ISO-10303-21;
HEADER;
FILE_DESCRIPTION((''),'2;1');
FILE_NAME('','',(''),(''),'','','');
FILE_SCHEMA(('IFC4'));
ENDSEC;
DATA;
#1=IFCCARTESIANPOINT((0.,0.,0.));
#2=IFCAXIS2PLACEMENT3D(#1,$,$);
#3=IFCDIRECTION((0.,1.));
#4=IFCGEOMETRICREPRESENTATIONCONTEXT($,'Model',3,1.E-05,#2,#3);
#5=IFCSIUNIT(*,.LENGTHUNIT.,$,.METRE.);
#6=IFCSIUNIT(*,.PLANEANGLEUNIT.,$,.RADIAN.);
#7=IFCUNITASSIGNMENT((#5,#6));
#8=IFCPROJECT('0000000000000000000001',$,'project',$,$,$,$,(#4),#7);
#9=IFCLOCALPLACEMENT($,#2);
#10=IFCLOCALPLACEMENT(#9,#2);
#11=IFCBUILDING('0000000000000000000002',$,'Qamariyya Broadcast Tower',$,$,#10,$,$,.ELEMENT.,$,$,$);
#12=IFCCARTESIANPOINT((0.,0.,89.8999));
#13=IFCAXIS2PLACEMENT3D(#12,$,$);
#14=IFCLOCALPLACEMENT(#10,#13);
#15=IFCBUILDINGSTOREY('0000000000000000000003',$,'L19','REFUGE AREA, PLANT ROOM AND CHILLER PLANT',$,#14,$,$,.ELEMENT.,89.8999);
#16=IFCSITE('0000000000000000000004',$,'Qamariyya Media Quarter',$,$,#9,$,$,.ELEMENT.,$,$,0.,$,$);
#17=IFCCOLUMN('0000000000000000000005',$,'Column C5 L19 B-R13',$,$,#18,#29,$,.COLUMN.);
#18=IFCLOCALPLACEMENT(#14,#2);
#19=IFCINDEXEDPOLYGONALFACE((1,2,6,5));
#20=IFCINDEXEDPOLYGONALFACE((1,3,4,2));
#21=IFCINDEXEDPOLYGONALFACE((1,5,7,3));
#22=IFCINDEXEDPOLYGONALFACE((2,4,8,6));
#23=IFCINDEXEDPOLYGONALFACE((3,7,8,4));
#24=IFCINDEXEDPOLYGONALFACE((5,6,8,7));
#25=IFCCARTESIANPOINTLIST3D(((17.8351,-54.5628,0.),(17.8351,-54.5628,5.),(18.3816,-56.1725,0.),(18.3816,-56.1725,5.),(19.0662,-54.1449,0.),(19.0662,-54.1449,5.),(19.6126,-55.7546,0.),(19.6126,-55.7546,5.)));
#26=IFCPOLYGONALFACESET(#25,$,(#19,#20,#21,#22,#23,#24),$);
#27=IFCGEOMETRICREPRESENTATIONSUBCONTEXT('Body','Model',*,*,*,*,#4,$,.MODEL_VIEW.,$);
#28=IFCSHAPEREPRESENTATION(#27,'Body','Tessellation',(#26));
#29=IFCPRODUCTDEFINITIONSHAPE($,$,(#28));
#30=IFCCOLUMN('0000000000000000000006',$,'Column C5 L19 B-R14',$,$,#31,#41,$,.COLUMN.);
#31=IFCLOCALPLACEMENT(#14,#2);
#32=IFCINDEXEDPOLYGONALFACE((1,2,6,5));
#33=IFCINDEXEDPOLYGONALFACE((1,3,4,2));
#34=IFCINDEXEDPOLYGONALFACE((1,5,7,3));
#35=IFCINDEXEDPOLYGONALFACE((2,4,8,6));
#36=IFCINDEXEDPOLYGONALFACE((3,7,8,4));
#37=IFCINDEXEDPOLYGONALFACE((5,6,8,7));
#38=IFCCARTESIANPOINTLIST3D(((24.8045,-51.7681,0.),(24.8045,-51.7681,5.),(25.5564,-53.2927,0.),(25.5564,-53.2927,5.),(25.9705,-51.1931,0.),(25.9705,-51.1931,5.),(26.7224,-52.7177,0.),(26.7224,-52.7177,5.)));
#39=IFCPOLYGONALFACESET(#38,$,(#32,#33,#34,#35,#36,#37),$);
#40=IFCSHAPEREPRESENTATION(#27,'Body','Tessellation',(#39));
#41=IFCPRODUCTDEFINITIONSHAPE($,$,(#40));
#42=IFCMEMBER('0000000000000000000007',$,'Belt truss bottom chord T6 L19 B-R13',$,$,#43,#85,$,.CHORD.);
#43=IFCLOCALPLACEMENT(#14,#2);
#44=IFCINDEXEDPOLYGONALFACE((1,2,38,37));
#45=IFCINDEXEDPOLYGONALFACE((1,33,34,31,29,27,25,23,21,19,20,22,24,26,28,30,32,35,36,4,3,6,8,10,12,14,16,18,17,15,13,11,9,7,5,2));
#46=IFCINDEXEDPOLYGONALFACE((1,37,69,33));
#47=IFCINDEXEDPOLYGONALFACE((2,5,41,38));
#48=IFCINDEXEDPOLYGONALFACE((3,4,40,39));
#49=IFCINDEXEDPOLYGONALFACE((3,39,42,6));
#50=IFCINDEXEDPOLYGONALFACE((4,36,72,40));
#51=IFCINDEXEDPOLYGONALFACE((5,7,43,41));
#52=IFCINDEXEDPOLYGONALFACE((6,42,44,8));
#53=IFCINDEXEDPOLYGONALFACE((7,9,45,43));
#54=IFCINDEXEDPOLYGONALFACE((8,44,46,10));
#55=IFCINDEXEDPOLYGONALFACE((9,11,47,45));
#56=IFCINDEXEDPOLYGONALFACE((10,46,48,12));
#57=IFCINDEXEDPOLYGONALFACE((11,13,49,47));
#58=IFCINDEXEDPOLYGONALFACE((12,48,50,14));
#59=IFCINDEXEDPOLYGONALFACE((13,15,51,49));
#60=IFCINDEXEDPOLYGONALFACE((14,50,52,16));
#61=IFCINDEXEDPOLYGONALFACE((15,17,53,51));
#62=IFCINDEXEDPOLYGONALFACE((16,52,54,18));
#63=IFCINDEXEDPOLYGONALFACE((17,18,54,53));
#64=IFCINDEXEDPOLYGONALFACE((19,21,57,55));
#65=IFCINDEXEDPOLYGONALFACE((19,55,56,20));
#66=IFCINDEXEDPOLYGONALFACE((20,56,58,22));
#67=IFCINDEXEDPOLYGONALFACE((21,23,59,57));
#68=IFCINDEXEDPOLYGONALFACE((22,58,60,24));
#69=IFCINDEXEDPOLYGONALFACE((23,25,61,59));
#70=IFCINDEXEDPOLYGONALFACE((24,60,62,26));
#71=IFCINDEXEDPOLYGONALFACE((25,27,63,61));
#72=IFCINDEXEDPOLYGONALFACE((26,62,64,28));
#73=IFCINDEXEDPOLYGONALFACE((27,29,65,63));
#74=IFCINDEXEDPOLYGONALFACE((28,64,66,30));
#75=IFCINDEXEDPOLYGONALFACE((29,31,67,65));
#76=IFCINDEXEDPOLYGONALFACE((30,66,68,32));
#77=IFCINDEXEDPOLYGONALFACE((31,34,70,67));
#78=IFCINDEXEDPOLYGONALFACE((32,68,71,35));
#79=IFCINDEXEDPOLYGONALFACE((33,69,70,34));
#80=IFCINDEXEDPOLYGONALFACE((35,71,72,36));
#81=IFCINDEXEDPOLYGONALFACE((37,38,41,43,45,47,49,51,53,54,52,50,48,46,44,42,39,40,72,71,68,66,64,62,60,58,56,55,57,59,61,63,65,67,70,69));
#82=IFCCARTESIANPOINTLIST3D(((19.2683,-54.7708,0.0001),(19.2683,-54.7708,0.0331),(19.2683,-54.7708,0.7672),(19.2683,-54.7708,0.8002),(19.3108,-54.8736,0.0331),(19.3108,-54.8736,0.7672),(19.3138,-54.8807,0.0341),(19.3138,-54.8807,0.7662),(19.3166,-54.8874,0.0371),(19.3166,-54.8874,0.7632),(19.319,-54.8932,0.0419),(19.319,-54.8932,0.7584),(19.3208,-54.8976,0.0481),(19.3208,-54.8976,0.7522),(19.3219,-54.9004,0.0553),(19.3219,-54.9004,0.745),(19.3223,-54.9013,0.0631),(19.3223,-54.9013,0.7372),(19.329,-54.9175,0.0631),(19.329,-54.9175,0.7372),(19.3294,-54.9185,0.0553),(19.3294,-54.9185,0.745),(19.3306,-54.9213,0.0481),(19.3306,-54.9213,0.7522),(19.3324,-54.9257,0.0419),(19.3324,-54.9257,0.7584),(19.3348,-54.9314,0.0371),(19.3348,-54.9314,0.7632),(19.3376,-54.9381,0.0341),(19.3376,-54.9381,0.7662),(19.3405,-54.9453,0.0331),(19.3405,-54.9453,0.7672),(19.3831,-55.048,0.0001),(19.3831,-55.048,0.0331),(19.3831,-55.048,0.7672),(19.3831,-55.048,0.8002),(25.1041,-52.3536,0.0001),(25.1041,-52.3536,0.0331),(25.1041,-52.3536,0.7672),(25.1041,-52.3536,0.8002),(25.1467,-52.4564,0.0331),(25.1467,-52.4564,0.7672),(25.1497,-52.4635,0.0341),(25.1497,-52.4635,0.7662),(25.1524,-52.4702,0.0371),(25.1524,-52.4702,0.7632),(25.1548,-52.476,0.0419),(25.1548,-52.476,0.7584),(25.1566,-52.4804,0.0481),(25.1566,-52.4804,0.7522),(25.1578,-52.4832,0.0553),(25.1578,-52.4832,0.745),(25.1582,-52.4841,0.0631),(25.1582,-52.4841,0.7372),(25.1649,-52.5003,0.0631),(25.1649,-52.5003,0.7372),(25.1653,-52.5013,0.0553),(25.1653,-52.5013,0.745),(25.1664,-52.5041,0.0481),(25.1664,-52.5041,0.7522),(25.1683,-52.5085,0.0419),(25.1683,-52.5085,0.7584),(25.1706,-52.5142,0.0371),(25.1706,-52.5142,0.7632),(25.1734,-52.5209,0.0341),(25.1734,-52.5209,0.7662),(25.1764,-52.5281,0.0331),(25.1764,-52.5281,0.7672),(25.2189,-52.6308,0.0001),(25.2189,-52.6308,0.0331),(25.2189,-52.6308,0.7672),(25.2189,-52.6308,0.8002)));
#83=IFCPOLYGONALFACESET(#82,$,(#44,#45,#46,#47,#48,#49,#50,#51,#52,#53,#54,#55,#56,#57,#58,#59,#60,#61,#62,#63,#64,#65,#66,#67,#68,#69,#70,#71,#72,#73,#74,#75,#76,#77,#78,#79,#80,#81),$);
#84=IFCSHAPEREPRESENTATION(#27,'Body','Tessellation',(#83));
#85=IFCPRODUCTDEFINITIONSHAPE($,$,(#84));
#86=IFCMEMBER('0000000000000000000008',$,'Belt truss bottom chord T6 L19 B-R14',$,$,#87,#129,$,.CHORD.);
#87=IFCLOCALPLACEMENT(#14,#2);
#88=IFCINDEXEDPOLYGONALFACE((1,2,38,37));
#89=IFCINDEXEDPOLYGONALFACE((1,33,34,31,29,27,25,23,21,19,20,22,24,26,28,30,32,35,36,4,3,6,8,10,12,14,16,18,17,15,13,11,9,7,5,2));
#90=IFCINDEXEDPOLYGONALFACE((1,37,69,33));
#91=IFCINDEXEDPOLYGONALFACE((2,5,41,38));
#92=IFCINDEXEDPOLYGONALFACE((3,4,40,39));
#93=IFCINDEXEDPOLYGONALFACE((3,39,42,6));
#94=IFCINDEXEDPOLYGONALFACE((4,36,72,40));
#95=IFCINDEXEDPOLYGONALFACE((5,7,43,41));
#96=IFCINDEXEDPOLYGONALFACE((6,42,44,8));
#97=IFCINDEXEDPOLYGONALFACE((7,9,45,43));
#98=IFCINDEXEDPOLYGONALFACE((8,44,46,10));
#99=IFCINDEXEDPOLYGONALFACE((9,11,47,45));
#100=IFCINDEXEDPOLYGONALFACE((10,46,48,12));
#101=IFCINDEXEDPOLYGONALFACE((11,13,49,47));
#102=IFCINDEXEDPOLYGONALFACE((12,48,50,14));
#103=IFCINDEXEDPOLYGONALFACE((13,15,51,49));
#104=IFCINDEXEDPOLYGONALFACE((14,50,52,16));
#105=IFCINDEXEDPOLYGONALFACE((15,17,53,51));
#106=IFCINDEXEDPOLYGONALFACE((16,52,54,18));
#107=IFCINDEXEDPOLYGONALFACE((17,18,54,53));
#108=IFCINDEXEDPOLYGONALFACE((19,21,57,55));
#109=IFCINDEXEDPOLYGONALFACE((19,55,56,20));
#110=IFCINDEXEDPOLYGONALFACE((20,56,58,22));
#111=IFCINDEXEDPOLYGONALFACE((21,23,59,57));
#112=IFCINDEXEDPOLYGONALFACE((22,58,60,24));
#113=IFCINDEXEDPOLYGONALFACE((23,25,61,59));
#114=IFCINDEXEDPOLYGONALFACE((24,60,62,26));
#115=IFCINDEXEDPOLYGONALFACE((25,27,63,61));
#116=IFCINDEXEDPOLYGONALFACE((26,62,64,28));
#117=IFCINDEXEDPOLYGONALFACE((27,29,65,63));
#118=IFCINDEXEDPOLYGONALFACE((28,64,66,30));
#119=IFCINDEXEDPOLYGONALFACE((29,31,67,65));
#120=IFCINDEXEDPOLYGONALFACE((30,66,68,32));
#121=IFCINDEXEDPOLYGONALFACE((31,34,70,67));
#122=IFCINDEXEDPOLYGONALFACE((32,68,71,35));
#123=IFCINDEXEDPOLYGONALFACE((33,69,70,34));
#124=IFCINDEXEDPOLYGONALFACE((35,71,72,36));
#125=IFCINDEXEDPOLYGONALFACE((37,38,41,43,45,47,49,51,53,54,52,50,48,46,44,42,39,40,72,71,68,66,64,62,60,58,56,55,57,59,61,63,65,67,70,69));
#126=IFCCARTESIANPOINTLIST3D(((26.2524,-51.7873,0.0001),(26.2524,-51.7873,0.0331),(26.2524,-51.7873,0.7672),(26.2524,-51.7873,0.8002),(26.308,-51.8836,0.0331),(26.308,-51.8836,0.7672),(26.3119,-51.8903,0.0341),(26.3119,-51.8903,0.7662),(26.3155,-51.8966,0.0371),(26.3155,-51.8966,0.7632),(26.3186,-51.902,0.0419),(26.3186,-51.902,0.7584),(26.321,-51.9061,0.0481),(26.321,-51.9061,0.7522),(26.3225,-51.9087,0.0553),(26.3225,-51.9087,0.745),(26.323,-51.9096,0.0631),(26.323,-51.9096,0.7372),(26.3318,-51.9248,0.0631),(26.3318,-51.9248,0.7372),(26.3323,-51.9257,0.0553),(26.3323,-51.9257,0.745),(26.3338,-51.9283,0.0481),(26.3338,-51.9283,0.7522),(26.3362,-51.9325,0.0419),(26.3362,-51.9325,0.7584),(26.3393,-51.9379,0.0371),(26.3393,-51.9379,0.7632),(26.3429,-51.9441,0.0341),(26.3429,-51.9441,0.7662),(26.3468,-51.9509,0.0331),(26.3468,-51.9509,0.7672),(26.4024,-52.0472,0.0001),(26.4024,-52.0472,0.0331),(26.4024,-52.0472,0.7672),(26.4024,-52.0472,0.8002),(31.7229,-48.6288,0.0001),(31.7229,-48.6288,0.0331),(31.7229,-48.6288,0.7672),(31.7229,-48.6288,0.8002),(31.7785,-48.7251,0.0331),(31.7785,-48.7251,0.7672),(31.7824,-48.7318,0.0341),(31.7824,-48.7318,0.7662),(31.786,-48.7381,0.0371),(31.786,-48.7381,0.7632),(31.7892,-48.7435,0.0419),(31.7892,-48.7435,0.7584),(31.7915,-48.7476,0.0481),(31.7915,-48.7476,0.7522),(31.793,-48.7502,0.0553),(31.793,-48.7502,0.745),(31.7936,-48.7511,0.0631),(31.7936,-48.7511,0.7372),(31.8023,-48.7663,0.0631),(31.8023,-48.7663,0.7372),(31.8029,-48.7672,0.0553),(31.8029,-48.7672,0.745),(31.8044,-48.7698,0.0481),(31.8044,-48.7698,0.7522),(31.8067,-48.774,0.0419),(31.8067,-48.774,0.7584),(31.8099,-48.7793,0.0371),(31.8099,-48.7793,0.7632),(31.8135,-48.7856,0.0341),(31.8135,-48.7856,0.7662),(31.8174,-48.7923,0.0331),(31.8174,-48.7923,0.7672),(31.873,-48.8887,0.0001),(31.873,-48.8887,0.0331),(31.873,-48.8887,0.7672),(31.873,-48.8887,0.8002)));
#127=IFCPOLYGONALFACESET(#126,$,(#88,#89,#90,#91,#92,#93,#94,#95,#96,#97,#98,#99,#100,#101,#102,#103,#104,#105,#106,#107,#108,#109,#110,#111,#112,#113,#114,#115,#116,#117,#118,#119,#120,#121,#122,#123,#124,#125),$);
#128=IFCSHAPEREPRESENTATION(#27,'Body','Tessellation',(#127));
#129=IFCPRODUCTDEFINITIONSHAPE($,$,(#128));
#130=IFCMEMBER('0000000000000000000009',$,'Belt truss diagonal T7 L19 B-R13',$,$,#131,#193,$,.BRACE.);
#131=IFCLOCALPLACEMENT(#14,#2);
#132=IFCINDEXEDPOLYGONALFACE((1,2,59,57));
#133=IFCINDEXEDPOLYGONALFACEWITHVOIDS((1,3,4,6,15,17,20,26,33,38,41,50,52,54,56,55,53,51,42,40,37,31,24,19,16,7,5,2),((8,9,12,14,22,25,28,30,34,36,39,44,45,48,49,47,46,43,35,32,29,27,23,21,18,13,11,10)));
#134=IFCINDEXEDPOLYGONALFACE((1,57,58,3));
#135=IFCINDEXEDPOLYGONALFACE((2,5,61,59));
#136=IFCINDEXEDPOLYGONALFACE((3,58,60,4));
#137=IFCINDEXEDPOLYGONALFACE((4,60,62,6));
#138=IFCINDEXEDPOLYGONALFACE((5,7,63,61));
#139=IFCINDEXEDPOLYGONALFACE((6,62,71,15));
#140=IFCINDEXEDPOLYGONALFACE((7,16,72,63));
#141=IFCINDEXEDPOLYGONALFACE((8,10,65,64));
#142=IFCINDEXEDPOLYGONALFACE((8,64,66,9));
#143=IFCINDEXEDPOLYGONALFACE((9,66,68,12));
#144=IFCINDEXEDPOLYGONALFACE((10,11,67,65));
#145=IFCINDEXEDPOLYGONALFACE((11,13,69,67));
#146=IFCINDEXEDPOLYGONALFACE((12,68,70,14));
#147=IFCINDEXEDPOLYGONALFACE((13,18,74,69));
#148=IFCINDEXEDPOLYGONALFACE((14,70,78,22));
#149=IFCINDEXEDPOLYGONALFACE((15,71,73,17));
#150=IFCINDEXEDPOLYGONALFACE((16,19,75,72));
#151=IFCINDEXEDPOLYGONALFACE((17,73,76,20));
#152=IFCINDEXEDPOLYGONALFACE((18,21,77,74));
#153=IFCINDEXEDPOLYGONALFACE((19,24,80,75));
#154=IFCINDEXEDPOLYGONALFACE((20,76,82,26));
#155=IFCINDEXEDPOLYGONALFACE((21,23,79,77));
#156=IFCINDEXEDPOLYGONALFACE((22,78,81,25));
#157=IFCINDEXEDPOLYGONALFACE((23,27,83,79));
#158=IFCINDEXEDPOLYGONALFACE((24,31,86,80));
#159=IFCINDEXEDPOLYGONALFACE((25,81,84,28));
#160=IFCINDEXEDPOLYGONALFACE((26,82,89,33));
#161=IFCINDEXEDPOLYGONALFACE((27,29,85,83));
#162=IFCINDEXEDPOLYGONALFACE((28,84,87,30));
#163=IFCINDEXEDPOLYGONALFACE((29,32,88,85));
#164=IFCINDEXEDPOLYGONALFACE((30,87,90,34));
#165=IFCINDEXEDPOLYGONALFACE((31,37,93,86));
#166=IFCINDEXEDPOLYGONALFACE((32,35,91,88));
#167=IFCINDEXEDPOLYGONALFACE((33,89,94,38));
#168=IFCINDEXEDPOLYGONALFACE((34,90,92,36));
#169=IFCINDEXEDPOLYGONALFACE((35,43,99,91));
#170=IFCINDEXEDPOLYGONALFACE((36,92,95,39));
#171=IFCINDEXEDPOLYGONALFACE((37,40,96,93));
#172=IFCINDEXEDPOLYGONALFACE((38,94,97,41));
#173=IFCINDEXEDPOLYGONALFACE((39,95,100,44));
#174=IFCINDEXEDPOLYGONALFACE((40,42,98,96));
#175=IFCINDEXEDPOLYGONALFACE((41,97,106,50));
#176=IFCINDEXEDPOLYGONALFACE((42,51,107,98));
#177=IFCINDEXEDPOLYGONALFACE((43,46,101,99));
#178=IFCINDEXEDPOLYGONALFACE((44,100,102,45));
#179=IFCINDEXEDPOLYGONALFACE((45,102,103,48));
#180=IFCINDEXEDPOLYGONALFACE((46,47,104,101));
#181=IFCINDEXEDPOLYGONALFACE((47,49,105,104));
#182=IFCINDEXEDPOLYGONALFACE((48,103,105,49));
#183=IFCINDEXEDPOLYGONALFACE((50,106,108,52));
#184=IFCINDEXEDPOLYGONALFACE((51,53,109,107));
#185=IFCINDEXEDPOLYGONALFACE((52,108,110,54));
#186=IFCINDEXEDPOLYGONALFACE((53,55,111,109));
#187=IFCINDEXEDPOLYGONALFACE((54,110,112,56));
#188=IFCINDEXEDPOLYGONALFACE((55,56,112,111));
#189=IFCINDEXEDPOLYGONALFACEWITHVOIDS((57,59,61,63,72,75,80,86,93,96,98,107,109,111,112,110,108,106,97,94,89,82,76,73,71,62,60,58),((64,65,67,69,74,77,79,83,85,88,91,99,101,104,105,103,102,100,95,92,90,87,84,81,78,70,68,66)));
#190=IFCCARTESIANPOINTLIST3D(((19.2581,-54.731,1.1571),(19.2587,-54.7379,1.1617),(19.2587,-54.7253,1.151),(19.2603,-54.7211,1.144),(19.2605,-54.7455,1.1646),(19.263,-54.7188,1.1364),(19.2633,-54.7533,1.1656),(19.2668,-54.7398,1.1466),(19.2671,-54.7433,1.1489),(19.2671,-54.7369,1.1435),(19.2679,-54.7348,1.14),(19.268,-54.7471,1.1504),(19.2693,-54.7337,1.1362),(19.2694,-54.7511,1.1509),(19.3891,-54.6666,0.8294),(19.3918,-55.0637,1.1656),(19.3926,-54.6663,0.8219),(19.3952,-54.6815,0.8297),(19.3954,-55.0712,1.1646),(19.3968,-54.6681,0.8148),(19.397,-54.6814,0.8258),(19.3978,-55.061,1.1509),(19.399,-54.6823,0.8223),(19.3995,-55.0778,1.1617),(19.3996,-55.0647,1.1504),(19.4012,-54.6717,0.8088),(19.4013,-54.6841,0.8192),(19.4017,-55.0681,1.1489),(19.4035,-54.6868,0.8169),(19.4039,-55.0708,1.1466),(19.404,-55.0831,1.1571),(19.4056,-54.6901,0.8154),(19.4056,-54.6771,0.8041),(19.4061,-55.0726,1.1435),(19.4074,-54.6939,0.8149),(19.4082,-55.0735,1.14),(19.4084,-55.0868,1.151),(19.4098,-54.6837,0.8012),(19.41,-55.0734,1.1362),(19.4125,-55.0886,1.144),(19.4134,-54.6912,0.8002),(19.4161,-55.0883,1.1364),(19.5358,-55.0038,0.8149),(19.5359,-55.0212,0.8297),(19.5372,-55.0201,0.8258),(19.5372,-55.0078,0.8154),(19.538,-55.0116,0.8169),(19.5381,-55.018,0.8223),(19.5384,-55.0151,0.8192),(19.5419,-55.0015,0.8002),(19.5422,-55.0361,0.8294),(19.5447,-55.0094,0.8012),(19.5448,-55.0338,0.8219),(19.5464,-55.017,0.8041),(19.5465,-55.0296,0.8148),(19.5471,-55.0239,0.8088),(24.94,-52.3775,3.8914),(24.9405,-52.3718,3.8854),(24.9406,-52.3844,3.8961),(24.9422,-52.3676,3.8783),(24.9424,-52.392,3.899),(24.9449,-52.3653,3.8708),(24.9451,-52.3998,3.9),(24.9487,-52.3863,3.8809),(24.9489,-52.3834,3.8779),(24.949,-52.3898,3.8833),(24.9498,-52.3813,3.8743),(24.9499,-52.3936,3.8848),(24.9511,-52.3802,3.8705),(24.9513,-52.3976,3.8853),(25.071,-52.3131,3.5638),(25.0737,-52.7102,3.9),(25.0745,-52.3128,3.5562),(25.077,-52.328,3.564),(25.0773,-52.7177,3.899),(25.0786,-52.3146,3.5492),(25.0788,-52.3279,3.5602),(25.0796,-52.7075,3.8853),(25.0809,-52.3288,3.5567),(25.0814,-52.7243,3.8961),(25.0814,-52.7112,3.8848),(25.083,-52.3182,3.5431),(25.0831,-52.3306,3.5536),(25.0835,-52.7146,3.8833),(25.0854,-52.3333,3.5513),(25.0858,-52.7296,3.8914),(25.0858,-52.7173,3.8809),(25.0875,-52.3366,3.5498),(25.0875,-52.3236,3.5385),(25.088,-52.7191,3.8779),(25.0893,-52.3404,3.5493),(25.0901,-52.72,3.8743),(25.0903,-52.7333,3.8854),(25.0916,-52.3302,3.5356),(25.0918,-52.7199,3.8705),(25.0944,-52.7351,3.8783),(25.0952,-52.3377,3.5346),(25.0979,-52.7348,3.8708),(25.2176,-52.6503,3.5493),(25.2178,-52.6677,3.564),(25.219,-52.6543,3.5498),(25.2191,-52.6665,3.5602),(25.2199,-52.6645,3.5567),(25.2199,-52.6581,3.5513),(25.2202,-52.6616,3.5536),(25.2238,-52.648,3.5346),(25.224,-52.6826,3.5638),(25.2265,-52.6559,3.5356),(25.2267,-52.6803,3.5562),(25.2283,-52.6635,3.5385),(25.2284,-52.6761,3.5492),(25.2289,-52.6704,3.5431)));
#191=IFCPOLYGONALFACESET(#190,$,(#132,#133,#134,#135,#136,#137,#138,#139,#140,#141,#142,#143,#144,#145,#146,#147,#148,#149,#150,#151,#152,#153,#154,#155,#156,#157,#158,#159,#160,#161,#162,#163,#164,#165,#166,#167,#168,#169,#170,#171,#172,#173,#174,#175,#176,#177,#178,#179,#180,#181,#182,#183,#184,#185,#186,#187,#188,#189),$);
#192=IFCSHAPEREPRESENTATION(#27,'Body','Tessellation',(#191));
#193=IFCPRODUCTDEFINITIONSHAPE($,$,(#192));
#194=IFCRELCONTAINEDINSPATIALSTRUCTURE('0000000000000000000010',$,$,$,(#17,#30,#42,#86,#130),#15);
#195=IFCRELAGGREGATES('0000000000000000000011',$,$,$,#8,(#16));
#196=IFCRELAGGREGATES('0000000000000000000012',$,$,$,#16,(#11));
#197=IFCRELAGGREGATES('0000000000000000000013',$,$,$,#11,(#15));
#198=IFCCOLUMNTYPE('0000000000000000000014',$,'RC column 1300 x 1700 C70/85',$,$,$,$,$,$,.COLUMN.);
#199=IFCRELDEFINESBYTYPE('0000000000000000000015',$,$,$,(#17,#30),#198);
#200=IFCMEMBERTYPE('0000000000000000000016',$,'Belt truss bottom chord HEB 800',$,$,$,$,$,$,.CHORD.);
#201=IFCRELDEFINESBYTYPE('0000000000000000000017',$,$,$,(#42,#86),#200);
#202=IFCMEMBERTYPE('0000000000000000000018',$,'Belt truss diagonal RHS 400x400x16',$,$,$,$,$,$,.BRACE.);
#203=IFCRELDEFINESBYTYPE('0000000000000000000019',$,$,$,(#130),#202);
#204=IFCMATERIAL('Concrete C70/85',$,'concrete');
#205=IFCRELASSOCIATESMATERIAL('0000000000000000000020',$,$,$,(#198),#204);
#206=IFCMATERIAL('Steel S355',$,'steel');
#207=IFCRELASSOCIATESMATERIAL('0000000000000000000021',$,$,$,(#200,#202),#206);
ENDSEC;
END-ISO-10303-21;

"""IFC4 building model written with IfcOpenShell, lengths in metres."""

from ifc_helpers import new_model, si_unit, direction, frame, origin, origin_2d, place, context, subcontext, project, spatial, rectangle, hollow_rectangle, i_section, extrude, material, material_profile, profile_set, type_object, element, save


model = new_model("IFC4")

# Units and contexts
model_context = context("Model", 3, precision=1e-05, world=origin(), true_north=direction((0.0, 1.0)))
body_context = subcontext(model_context, "Body", "Model", "MODEL_VIEW")
ifc_project = project(units=[si_unit("LENGTHUNIT", "METRE"), si_unit("PLANEANGLEUNIT", "RADIAN")], contexts=[model_context])

# Site, building, storey
site_placement = place(None, origin())
site = spatial("IfcSite", under=ifc_project, at=site_placement, Name="Qamariyya Media Quarter", CompositionType="ELEMENT", RefElevation=0.0)
building_placement = place(site_placement, origin())
building = spatial("IfcBuilding", under=site, at=building_placement, Name="Qamariyya Broadcast Tower", CompositionType="ELEMENT")
storey_placement = place(building_placement, frame((0.0, 0.0, 89.8999)))
storey = spatial("IfcBuildingStorey", under=building, at=storey_placement, Name="L19", Description="REFUGE AREA, PLANT ROOM AND CHILLER PLANT", CompositionType="ELEMENT", Elevation=89.8999)

# Columns
ifc_material_1 = material(Name="Concrete C70/85", Category="concrete")
ifc_material_profile_1 = material_profile(ifc_material_1, rectangle(XDim=1.3, YDim=1.7, at=origin_2d()))
ifc_profile_set_1 = profile_set([ifc_material_profile_1], Name="Concrete C70/85")
column_type = type_object("IfcColumnType", Name="RC column 1300 x 1700 C70/85", PredefinedType="COLUMN", material=ifc_profile_set_1)
for number, where, z_axis, x_axis, name in (
    (1, (18.7239, -55.1587, 0.0), (0.0, 0.0, 1.0), (0.94693, 0.321439, 0.0), "Column C5 L19 B-R13"),
    (2, (25.7634, -52.2429, 0.0), (0.0, 0.0, 1.0), (0.896873, 0.442289, 0.0), "Column C5 L19 B-R14"),
):
    element("IfcColumn", number, at=place(storey_placement, frame(where, z_axis=z_axis, x_axis=x_axis)), inside=storey, type_object=column_type, Name=name, PredefinedType="COLUMN", context=body_context, shape_type="SweptSolid", body=[
        extrude(rectangle(XDim=1.3, YDim=1.7, at=origin_2d()), origin(), (0.0, 0.0, 1.0), 5.0),
    ])

# Members
ifc_material_2 = material(Name="Steel S355", Category="steel")
ifc_material_profile_2 = material_profile(ifc_material_2, i_section(OverallWidth=0.3, OverallDepth=0.8, WebThickness=0.0176, FlangeThickness=0.033, FilletRadius=0.03, at=origin_2d()))
ifc_profile_set_2 = profile_set([ifc_material_profile_2], Name="Steel S355")
member_type_1 = type_object("IfcMemberType", Name="Belt truss bottom chord HEB 800", PredefinedType="CHORD", material=ifc_profile_set_2)
member_1_placement = place(storey_placement, frame((19.3257, -54.9094, 0.4001), z_axis=(0.923884, 0.382672, 0.0), x_axis=(-0.382672, 0.923884, 0.0)))
element("IfcMember", 3, at=member_1_placement, inside=storey, type_object=member_type_1, Name="Belt truss bottom chord T6 L19 B-R13", PredefinedType="CHORD", context=body_context, shape_type="SweptSolid", body=[
    extrude(i_section(OverallWidth=0.3, OverallDepth=0.8, WebThickness=0.0176, FlangeThickness=0.033, FilletRadius=0.03, at=origin_2d()), origin(), (0.0, 0.0, 1.0), 6.3167),
])
member_2_placement = place(storey_placement, frame((26.3274, -51.9172, 0.4001), z_axis=(0.86602, 0.500009, 0.0), x_axis=(-0.500009, 0.86602, 0.0)))
element("IfcMember", 4, at=member_2_placement, inside=storey, type_object=member_type_1, Name="Belt truss bottom chord T6 L19 B-R14", PredefinedType="CHORD", context=body_context, shape_type="SweptSolid", body=[
    extrude(i_section(OverallWidth=0.3, OverallDepth=0.8, WebThickness=0.0176, FlangeThickness=0.033, FilletRadius=0.03, at=origin_2d()), origin(), (0.0, 0.0, 1.0), 6.3169),
])
ifc_material_profile_3 = material_profile(ifc_material_2, hollow_rectangle(XDim=0.3999, YDim=0.3999, WallThickness=0.0161, InnerFilletRadius=0.0161, OuterFilletRadius=0.032, at=origin_2d()))
ifc_profile_set_3 = profile_set([ifc_material_profile_3], Name="Steel S355")
member_type_2 = type_object("IfcMemberType", Name="Belt truss diagonal RHS 400x400x16", PredefinedType="BRACE", material=ifc_profile_set_3)
for number, where, z_axis, x_axis, name in (
    (5, (19.4026, -54.8774, 0.9829), (0.844199, 0.349679, 0.406266), (-0.382684, 0.923879, 0.0), "Belt truss diagonal T7 L19 B-R13"),
):
    element("IfcMember", number, at=place(storey_placement, frame(where, z_axis=z_axis, x_axis=x_axis)), inside=storey, type_object=member_type_2, Name=name, PredefinedType="BRACE", context=body_context, shape_type="SweptSolid", body=[
        extrude(hollow_rectangle(XDim=0.3999, YDim=0.3999, WallThickness=0.0161, InnerFilletRadius=0.0161, OuterFilletRadius=0.032, at=origin_2d()), origin(), (0.0, 0.0, 1.0), 6.7305),
    ])

save(model, "model.ifc")
